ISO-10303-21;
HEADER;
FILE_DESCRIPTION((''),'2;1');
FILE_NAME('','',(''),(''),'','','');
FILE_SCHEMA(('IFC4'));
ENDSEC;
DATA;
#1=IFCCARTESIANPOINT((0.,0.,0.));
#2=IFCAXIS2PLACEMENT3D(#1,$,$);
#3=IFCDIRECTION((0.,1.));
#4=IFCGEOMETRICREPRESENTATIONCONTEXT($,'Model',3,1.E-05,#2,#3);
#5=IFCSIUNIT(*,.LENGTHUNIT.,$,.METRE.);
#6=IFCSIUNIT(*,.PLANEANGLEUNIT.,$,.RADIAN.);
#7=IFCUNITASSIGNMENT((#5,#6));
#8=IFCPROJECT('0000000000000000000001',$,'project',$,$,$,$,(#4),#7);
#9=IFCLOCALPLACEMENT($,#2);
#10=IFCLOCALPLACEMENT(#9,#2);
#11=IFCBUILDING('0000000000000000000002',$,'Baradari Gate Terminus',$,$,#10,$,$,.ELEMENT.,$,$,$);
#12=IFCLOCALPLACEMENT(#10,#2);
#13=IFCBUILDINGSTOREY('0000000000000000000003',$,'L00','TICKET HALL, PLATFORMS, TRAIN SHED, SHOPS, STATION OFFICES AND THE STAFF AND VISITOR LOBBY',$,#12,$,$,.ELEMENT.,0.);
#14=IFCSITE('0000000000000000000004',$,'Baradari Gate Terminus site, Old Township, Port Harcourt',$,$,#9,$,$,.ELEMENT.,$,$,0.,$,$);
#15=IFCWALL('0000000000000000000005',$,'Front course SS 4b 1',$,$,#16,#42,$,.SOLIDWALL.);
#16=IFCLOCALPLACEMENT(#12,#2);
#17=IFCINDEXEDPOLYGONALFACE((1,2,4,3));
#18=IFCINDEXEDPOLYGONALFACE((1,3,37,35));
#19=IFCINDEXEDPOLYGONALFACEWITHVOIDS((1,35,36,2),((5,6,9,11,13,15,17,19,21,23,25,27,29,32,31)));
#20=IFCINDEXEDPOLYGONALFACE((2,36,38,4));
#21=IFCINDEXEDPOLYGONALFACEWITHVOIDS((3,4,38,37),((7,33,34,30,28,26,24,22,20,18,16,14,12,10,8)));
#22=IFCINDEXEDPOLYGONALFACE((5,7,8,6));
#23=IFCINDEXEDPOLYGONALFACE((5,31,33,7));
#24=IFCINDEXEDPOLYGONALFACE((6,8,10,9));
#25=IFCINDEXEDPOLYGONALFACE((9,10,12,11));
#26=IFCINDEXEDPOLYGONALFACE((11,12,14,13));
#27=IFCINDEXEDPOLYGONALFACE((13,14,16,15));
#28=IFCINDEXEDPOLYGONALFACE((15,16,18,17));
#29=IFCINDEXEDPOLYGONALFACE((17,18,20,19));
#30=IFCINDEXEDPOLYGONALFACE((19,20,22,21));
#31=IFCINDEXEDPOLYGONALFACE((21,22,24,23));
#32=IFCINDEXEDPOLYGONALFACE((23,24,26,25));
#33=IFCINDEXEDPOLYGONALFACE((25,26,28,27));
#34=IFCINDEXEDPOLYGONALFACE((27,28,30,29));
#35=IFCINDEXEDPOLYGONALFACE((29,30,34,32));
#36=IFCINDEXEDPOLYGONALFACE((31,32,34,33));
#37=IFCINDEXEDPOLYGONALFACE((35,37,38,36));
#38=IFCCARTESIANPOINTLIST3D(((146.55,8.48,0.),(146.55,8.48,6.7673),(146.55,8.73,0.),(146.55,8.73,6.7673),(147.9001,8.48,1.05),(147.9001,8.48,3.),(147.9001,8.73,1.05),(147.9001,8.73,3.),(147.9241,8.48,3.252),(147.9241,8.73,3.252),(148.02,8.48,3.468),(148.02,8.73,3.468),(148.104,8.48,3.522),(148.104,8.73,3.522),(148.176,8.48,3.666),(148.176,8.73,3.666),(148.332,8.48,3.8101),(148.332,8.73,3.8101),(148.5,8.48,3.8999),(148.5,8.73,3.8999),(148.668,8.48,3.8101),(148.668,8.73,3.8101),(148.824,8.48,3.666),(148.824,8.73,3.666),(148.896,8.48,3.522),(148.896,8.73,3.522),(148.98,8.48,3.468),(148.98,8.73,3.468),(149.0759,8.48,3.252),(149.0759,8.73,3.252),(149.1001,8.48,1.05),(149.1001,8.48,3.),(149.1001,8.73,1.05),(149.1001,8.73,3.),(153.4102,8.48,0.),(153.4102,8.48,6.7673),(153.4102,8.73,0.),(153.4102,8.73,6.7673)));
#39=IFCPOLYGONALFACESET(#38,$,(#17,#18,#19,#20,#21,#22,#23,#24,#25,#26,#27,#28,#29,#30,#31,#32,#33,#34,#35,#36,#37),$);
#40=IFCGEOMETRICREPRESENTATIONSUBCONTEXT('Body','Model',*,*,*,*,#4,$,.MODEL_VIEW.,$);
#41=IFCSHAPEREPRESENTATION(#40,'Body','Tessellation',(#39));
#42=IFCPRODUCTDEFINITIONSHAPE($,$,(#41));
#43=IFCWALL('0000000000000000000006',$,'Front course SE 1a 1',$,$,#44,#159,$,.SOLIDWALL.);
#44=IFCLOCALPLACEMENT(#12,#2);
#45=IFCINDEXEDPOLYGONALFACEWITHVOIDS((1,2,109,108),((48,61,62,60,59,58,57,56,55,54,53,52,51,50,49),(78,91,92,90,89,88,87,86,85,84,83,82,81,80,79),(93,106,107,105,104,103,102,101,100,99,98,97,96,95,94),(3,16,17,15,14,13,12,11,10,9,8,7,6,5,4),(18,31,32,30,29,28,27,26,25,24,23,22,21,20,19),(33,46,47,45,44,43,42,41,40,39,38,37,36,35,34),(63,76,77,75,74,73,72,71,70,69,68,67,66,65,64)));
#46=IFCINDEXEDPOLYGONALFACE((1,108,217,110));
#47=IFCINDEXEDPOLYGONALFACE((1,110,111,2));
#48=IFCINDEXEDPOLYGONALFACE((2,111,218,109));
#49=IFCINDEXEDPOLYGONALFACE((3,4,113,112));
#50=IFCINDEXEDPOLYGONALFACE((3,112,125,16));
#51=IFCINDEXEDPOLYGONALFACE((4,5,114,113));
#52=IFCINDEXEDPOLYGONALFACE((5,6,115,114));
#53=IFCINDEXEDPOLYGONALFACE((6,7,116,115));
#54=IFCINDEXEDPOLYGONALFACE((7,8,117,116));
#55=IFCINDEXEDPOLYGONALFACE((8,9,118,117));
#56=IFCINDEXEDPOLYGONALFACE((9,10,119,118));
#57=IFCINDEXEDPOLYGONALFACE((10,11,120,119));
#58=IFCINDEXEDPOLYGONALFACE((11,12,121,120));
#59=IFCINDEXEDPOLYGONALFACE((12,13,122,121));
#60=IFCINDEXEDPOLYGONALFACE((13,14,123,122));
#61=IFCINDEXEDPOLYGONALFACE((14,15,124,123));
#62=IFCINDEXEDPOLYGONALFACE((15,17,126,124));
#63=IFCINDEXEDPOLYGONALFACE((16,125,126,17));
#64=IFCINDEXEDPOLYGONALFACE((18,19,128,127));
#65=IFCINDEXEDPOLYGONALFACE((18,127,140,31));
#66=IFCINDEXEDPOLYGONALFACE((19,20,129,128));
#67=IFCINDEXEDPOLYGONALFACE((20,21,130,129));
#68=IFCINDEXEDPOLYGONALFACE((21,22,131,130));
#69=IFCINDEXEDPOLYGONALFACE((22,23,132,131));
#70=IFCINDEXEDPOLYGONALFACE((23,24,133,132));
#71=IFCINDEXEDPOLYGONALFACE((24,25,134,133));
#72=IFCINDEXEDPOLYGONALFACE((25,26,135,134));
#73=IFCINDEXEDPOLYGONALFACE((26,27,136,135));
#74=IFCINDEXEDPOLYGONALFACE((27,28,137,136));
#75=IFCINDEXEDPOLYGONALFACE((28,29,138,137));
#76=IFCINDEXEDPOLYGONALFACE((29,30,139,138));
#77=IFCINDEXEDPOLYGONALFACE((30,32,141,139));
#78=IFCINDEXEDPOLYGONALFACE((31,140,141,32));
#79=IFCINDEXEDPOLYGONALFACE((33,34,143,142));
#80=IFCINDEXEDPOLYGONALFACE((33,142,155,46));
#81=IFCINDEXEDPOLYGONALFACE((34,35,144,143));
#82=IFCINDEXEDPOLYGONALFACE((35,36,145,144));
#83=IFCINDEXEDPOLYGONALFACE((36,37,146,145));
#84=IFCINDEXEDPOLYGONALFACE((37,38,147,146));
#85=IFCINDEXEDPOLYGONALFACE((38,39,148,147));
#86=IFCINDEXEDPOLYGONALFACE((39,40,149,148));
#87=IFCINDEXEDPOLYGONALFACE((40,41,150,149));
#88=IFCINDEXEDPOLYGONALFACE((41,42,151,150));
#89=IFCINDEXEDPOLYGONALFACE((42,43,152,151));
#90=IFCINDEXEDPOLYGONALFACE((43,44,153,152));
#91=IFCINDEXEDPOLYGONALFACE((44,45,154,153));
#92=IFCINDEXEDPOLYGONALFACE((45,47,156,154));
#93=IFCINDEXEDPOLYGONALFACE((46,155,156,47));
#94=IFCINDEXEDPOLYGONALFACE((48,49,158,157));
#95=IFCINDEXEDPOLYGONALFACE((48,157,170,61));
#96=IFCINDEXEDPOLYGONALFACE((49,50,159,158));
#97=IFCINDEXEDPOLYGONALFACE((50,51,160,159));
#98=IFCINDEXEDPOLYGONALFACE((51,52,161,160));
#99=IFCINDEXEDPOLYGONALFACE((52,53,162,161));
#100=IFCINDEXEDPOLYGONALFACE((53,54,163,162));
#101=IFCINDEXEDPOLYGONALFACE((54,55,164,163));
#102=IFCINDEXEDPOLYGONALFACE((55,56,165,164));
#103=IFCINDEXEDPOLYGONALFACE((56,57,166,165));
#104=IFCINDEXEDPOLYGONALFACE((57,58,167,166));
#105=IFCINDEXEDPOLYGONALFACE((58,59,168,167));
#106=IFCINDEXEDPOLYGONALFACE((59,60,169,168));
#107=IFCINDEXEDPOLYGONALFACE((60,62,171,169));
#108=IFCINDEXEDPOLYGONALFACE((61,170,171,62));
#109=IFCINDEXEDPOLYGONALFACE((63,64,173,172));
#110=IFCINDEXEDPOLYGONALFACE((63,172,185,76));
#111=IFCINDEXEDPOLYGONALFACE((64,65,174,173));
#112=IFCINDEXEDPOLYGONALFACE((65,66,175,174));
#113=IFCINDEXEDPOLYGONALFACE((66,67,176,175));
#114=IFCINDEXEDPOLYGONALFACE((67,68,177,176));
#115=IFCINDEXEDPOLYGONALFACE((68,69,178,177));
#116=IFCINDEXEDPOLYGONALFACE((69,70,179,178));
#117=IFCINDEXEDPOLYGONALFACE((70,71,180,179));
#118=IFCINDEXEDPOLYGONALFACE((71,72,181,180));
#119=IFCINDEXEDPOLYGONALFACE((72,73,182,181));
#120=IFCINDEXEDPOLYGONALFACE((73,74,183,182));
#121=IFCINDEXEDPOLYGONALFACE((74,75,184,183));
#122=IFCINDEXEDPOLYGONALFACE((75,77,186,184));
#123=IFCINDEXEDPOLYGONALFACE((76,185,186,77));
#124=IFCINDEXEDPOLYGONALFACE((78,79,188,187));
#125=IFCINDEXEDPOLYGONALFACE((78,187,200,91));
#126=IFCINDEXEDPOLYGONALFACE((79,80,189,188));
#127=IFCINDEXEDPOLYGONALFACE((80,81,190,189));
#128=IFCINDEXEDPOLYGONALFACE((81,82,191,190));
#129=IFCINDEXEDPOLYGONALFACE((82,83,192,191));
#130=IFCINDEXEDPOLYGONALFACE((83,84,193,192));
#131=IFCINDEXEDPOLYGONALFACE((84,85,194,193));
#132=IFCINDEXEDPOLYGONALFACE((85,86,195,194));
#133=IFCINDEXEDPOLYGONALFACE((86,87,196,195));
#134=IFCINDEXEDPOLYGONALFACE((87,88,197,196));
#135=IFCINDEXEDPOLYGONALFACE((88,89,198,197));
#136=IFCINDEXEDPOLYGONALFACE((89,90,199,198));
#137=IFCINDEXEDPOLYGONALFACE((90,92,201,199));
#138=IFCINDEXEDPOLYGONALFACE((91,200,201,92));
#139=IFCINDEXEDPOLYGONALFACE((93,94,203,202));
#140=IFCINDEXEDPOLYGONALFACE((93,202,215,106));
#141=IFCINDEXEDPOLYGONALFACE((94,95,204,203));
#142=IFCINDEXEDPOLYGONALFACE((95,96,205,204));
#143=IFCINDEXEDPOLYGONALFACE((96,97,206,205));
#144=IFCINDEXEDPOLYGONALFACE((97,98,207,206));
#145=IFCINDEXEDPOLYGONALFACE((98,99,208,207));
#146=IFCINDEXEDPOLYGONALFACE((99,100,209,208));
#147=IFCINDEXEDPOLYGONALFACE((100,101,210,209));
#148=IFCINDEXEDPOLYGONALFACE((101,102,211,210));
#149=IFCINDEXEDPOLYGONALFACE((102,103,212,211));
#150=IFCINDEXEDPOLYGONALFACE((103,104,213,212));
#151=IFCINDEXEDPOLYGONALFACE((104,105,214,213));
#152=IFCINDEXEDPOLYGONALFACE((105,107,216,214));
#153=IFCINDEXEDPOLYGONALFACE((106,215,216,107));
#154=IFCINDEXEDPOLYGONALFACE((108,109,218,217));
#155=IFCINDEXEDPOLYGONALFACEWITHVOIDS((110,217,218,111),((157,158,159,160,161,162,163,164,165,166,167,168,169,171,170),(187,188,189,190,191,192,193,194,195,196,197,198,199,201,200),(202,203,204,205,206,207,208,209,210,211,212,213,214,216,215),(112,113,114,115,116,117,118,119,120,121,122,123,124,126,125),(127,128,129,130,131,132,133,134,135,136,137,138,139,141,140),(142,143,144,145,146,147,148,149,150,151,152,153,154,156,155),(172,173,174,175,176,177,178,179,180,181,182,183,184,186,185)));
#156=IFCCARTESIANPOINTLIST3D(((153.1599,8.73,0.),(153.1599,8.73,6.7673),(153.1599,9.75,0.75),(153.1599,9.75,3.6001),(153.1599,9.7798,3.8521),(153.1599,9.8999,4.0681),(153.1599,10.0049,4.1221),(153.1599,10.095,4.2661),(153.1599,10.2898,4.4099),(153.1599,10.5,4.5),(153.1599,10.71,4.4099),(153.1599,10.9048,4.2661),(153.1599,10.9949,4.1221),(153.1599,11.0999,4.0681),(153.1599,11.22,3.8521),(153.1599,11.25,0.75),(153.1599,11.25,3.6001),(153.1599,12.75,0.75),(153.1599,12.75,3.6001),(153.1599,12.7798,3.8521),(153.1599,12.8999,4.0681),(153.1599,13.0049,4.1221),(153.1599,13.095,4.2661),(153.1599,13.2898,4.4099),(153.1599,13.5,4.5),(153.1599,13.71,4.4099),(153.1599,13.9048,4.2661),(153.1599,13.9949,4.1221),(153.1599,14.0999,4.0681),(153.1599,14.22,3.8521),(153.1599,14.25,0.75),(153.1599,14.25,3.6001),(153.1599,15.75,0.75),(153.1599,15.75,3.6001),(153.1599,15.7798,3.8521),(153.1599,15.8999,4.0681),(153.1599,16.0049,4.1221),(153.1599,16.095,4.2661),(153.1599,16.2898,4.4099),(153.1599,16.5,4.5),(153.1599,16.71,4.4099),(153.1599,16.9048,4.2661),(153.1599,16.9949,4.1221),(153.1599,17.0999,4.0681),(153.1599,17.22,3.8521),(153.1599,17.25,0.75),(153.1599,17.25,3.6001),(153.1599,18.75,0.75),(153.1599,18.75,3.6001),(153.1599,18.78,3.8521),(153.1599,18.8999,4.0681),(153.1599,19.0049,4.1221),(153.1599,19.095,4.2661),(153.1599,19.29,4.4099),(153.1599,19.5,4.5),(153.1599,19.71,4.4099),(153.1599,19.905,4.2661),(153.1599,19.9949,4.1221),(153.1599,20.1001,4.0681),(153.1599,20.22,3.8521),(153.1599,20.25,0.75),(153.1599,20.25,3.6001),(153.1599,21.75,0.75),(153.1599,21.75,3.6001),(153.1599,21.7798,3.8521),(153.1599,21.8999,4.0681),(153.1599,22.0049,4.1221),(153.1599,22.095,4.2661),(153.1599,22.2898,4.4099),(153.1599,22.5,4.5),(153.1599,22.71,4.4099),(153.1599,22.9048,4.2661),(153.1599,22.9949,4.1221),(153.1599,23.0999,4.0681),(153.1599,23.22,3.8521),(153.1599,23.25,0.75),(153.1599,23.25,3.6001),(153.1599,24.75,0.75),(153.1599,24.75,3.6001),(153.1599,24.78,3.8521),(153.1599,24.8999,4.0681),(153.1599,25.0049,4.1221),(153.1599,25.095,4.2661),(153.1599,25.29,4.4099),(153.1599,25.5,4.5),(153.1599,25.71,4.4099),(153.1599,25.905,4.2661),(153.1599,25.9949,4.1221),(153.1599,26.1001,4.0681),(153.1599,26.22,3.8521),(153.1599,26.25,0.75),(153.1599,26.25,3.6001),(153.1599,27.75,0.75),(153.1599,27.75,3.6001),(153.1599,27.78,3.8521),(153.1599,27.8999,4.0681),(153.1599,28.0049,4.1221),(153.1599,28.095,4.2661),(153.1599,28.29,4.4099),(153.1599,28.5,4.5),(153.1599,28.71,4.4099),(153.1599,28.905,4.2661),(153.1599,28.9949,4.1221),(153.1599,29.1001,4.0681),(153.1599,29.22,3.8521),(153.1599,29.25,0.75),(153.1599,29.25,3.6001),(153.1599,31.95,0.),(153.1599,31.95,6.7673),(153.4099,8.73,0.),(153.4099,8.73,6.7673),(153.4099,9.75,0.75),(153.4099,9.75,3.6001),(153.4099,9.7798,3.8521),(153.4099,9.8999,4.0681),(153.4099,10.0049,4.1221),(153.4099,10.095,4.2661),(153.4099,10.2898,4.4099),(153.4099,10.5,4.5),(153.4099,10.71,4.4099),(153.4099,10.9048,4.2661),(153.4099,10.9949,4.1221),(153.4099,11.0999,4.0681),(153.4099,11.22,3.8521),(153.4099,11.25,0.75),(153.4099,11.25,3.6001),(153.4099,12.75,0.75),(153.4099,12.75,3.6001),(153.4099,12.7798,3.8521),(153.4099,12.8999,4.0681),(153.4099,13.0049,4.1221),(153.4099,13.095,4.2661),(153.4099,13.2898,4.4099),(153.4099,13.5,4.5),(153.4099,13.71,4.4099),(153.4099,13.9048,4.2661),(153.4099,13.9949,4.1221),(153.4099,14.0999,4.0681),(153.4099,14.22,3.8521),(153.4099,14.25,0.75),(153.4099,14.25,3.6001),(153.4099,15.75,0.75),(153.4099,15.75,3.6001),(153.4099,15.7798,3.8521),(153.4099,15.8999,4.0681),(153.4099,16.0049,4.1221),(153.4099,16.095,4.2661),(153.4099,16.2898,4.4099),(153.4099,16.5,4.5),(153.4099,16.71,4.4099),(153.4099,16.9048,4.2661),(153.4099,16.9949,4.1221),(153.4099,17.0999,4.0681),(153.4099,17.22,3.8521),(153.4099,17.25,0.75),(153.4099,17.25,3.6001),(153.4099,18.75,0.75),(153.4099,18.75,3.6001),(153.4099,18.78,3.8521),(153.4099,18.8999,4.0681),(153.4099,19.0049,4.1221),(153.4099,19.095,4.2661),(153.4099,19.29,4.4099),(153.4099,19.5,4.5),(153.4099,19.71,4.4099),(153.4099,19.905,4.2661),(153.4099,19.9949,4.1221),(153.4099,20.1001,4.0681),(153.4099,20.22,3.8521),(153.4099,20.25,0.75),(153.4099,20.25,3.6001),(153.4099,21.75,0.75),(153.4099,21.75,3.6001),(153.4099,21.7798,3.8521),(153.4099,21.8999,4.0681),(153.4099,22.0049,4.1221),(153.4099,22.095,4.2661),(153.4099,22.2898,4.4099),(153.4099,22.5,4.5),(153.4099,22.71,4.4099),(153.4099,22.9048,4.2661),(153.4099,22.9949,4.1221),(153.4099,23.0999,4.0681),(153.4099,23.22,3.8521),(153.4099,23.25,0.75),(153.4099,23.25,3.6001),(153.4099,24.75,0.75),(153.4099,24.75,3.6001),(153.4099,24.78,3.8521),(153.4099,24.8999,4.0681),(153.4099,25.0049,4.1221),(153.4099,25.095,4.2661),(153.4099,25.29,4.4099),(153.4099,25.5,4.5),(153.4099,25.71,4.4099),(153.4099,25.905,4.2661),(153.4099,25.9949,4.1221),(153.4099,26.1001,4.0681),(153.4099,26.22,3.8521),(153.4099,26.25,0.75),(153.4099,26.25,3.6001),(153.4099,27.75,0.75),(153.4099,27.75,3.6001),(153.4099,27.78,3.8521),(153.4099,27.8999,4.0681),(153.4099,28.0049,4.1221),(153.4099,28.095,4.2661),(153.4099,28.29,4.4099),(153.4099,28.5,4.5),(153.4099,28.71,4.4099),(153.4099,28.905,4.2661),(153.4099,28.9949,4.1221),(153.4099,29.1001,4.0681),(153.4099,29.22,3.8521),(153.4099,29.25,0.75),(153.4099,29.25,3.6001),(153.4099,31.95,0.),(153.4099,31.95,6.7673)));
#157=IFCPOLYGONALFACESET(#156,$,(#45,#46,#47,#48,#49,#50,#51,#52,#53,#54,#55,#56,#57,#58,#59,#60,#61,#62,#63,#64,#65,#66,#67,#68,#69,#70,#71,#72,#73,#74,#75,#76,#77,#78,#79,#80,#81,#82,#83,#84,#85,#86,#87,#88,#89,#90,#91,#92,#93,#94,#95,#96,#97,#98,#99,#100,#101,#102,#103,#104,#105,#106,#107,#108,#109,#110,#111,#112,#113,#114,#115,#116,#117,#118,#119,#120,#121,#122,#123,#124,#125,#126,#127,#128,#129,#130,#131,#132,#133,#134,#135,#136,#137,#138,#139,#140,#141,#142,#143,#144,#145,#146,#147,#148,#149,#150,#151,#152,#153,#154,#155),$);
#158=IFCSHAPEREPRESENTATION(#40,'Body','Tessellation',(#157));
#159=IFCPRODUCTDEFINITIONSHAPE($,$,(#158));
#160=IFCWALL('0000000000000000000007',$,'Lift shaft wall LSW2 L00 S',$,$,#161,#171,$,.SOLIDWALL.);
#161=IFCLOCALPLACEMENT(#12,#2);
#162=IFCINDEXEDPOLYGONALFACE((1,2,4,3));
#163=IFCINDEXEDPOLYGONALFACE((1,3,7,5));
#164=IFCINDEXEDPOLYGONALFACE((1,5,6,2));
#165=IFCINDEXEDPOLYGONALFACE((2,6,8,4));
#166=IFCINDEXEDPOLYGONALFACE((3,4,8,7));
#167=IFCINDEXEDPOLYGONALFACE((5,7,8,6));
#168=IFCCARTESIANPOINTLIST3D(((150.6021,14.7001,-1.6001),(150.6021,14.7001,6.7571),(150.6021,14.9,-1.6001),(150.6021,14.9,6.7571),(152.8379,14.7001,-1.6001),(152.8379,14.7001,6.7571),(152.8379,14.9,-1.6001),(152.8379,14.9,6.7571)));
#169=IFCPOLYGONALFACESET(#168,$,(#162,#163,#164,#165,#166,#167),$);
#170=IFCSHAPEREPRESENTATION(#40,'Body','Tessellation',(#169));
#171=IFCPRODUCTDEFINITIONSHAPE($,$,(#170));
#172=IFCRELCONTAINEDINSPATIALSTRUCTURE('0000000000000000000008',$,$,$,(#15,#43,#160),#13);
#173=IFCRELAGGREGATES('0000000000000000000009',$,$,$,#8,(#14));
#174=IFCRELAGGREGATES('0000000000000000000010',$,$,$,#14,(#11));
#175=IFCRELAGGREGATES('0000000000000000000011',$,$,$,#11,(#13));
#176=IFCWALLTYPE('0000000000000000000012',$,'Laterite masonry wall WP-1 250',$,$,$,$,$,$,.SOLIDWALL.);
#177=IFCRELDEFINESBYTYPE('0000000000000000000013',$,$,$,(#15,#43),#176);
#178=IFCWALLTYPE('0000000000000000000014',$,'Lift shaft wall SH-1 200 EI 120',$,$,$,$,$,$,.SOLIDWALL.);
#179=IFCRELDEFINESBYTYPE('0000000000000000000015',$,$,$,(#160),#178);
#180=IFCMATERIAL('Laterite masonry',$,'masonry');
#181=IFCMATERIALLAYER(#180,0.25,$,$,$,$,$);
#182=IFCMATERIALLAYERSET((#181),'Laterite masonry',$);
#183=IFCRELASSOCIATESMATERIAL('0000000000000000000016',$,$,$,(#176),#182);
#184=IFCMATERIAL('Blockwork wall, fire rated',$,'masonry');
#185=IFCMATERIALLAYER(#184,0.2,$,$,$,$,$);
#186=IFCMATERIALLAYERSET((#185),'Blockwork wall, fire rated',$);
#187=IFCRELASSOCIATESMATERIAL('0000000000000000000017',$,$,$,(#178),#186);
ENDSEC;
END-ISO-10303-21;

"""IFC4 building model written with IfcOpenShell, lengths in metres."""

from ifc_helpers import new_model, si_unit, direction, frame, frame_2d, origin, place, context, subcontext, project, spatial, polyline, rectangle, outline, extrude, material, layer, layer_set, type_object, element, save


model = new_model("IFC4")

# Units and contexts
model_context = context("Model", 3, precision=1e-05, world=origin(), true_north=direction((0.0, 1.0)))
body_context = subcontext(model_context, "Body", "Model", "MODEL_VIEW")
ifc_project = project(units=[si_unit("LENGTHUNIT", "METRE"), si_unit("PLANEANGLEUNIT", "RADIAN")], contexts=[model_context])

# Site, building, storey
site_placement = place(None, origin())
site = spatial("IfcSite", under=ifc_project, at=site_placement, Name="Baradari Gate Terminus site, Old Township, Port Harcourt", CompositionType="ELEMENT", RefElevation=0.0)
building_placement = place(site_placement, origin())
building = spatial("IfcBuilding", under=site, at=building_placement, Name="Baradari Gate Terminus", CompositionType="ELEMENT")
storey_placement = place(building_placement, origin())
storey = spatial("IfcBuildingStorey", under=building, at=storey_placement, Name="L00", Description="TICKET HALL, PLATFORMS, TRAIN SHED, SHOPS, STATION OFFICES AND THE STAFF AND VISITOR LOBBY", CompositionType="ELEMENT", Elevation=0.0)

# Walls
ifc_material_1 = material(Name="Laterite masonry", Category="masonry")
ifc_layer_1 = layer(ifc_material_1, 0.25)
ifc_layer_set_1 = layer_set([ifc_layer_1], Name="Laterite masonry")
wall_type_1 = type_object("IfcWallType", Name="Laterite masonry wall WP-1 250", PredefinedType="SOLIDWALL", material=ifc_layer_set_1)
wall_1_placement = place(storey_placement, frame((146.55, 8.605, 0.0), z_axis=(0.0, 0.0, 1.0), x_axis=(1.0, 0.0, 0.0)))
element("IfcWall", 1, at=wall_1_placement, inside=storey, type_object=wall_type_1, Name="Front course SS 4b 1", PredefinedType="SOLIDWALL", context=body_context, shape_type="SweptSolid", body=[
    extrude(outline(polyline([(0.0, 0.0), (6.8601, 0.0), (6.8601, 6.7673), (0.0, 6.7673), (0.0, 0.0)]), holes=[polyline([(1.3501, 1.05), (1.3501, 3.0), (1.374, 3.252), (1.47, 3.468), (1.554, 3.522), (1.626, 3.666), (1.782, 3.8101), (1.95, 3.8999), (2.1179, 3.8101), (2.2739, 3.666), (2.3459, 3.522), (2.4299, 3.468), (2.5259, 3.252), (2.55, 3.0), (2.55, 1.05), (1.3501, 1.05)])]), frame((0.0, 0.125, 0.0), z_axis=(0.0, -1.0, 0.0), x_axis=(1.0, 0.0, 0.0)), (0.0, 0.0, 1.0), 0.25),
])
wall_2_placement = place(storey_placement, frame((153.2849, 8.73, 0.0), z_axis=(0.0, 0.0, 1.0), x_axis=(0.0, 1.0, 0.0)))
element("IfcWall", 2, at=wall_2_placement, inside=storey, type_object=wall_type_1, Name="Front course SE 1a 1", PredefinedType="SOLIDWALL", context=body_context, shape_type="SweptSolid", body=[
    extrude(outline(polyline([(0.0, 0.0), (23.22, 0.0), (23.22, 6.7673), (0.0, 6.7673), (0.0, 0.0)]), holes=[polyline([(1.0498, 3.8521), (1.1699, 4.0681), (1.2749, 4.1221), (1.365, 4.2661), (1.5598, 4.4099), (1.77, 4.5), (1.98, 4.4099), (2.1748, 4.2661), (2.2649, 4.1221), (2.3699, 4.0681), (2.49, 3.8521), (2.52, 3.6001), (2.52, 0.75), (1.02, 0.75), (1.02, 3.6001), (1.0498, 3.8521)]), polyline([(4.1699, 4.0681), (4.2749, 4.1221), (4.365, 4.2661), (4.5598, 4.4099), (4.77, 4.5), (4.98, 4.4099), (5.1748, 4.2661), (5.2649, 4.1221), (5.3699, 4.0681), (5.49, 3.8521), (5.52, 3.6001), (5.52, 0.75), (4.02, 0.75), (4.02, 3.6001), (4.0498, 3.8521), (4.1699, 4.0681)]), polyline([(7.1699, 4.0681), (7.2749, 4.1221), (7.365, 4.2661), (7.5598, 4.4099), (7.77, 4.5), (7.98, 4.4099), (8.1748, 4.2661), (8.2649, 4.1221), (8.3699, 4.0681), (8.49, 3.8521), (8.52, 3.6001), (8.52, 0.75), (7.02, 0.75), (7.02, 3.6001), (7.0498, 3.8521), (7.1699, 4.0681)]), polyline([(10.1699, 4.0681), (10.2749, 4.1221), (10.365, 4.2661), (10.5601, 4.4099), (10.77, 4.5), (10.98, 4.4099), (11.175, 4.2661), (11.2649, 4.1221), (11.3701, 4.0681), (11.49, 3.8521), (11.52, 3.6001), (11.52, 0.75), (10.02, 0.75), (10.02, 3.6001), (10.05, 3.8521), (10.1699, 4.0681)]), polyline([(13.1699, 4.0681), (13.2749, 4.1221), (13.365, 4.2661), (13.5598, 4.4099), (13.77, 4.5), (13.98, 4.4099), (14.1748, 4.2661), (14.2649, 4.1221), (14.3699, 4.0681), (14.49, 3.8521), (14.52, 3.6001), (14.52, 0.75), (13.02, 0.75), (13.02, 3.6001), (13.0498, 3.8521), (13.1699, 4.0681)]), polyline([(16.1699, 4.0681), (16.2749, 4.1221), (16.365, 4.2661), (16.5601, 4.4099), (16.77, 4.5), (16.98, 4.4099), (17.175, 4.2661), (17.2649, 4.1221), (17.3701, 4.0681), (17.49, 3.8521), (17.52, 3.6001), (17.52, 0.75), (16.02, 0.75), (16.02, 3.6001), (16.05, 3.8521), (16.1699, 4.0681)]), polyline([(19.1699, 4.0681), (19.2749, 4.1221), (19.365, 4.2661), (19.5601, 4.4099), (19.77, 4.5), (19.98, 4.4099), (20.175, 4.2661), (20.2649, 4.1221), (20.3701, 4.0681), (20.49, 3.8521), (20.52, 3.6001), (20.52, 0.75), (19.02, 0.75), (19.02, 3.6001), (19.05, 3.8521), (19.1699, 4.0681)])]), frame((0.0, 0.125, 0.0), z_axis=(0.0, -1.0, 0.0), x_axis=(1.0, 0.0, 0.0)), (0.0, 0.0, 1.0), 0.25),
])
ifc_material_2 = material(Name="Blockwork wall, fire rated", Category="masonry")
ifc_layer_2 = layer(ifc_material_2, 0.2)
ifc_layer_set_2 = layer_set([ifc_layer_2], Name="Blockwork wall, fire rated")
wall_type_2 = type_object("IfcWallType", Name="Lift shaft wall SH-1 200 EI 120", PredefinedType="SOLIDWALL", material=ifc_layer_set_2)
wall_3_placement = place(storey_placement, frame((150.6021, 14.8, -1.6001), z_axis=(0.0, 0.0, 1.0), x_axis=(1.0, 0.0, 0.0)))
element("IfcWall", 3, at=wall_3_placement, inside=storey, type_object=wall_type_2, Name="Lift shaft wall LSW2 L00 S", PredefinedType="SOLIDWALL", context=body_context, shape_type="SweptSolid", body=[
    extrude(rectangle(XDim=2.2358, YDim=0.2, at=frame_2d((1.1179, 0.0))), origin(), (0.0, 0.0, 1.0), 8.3572),
])

save(model, "model.ifc")
